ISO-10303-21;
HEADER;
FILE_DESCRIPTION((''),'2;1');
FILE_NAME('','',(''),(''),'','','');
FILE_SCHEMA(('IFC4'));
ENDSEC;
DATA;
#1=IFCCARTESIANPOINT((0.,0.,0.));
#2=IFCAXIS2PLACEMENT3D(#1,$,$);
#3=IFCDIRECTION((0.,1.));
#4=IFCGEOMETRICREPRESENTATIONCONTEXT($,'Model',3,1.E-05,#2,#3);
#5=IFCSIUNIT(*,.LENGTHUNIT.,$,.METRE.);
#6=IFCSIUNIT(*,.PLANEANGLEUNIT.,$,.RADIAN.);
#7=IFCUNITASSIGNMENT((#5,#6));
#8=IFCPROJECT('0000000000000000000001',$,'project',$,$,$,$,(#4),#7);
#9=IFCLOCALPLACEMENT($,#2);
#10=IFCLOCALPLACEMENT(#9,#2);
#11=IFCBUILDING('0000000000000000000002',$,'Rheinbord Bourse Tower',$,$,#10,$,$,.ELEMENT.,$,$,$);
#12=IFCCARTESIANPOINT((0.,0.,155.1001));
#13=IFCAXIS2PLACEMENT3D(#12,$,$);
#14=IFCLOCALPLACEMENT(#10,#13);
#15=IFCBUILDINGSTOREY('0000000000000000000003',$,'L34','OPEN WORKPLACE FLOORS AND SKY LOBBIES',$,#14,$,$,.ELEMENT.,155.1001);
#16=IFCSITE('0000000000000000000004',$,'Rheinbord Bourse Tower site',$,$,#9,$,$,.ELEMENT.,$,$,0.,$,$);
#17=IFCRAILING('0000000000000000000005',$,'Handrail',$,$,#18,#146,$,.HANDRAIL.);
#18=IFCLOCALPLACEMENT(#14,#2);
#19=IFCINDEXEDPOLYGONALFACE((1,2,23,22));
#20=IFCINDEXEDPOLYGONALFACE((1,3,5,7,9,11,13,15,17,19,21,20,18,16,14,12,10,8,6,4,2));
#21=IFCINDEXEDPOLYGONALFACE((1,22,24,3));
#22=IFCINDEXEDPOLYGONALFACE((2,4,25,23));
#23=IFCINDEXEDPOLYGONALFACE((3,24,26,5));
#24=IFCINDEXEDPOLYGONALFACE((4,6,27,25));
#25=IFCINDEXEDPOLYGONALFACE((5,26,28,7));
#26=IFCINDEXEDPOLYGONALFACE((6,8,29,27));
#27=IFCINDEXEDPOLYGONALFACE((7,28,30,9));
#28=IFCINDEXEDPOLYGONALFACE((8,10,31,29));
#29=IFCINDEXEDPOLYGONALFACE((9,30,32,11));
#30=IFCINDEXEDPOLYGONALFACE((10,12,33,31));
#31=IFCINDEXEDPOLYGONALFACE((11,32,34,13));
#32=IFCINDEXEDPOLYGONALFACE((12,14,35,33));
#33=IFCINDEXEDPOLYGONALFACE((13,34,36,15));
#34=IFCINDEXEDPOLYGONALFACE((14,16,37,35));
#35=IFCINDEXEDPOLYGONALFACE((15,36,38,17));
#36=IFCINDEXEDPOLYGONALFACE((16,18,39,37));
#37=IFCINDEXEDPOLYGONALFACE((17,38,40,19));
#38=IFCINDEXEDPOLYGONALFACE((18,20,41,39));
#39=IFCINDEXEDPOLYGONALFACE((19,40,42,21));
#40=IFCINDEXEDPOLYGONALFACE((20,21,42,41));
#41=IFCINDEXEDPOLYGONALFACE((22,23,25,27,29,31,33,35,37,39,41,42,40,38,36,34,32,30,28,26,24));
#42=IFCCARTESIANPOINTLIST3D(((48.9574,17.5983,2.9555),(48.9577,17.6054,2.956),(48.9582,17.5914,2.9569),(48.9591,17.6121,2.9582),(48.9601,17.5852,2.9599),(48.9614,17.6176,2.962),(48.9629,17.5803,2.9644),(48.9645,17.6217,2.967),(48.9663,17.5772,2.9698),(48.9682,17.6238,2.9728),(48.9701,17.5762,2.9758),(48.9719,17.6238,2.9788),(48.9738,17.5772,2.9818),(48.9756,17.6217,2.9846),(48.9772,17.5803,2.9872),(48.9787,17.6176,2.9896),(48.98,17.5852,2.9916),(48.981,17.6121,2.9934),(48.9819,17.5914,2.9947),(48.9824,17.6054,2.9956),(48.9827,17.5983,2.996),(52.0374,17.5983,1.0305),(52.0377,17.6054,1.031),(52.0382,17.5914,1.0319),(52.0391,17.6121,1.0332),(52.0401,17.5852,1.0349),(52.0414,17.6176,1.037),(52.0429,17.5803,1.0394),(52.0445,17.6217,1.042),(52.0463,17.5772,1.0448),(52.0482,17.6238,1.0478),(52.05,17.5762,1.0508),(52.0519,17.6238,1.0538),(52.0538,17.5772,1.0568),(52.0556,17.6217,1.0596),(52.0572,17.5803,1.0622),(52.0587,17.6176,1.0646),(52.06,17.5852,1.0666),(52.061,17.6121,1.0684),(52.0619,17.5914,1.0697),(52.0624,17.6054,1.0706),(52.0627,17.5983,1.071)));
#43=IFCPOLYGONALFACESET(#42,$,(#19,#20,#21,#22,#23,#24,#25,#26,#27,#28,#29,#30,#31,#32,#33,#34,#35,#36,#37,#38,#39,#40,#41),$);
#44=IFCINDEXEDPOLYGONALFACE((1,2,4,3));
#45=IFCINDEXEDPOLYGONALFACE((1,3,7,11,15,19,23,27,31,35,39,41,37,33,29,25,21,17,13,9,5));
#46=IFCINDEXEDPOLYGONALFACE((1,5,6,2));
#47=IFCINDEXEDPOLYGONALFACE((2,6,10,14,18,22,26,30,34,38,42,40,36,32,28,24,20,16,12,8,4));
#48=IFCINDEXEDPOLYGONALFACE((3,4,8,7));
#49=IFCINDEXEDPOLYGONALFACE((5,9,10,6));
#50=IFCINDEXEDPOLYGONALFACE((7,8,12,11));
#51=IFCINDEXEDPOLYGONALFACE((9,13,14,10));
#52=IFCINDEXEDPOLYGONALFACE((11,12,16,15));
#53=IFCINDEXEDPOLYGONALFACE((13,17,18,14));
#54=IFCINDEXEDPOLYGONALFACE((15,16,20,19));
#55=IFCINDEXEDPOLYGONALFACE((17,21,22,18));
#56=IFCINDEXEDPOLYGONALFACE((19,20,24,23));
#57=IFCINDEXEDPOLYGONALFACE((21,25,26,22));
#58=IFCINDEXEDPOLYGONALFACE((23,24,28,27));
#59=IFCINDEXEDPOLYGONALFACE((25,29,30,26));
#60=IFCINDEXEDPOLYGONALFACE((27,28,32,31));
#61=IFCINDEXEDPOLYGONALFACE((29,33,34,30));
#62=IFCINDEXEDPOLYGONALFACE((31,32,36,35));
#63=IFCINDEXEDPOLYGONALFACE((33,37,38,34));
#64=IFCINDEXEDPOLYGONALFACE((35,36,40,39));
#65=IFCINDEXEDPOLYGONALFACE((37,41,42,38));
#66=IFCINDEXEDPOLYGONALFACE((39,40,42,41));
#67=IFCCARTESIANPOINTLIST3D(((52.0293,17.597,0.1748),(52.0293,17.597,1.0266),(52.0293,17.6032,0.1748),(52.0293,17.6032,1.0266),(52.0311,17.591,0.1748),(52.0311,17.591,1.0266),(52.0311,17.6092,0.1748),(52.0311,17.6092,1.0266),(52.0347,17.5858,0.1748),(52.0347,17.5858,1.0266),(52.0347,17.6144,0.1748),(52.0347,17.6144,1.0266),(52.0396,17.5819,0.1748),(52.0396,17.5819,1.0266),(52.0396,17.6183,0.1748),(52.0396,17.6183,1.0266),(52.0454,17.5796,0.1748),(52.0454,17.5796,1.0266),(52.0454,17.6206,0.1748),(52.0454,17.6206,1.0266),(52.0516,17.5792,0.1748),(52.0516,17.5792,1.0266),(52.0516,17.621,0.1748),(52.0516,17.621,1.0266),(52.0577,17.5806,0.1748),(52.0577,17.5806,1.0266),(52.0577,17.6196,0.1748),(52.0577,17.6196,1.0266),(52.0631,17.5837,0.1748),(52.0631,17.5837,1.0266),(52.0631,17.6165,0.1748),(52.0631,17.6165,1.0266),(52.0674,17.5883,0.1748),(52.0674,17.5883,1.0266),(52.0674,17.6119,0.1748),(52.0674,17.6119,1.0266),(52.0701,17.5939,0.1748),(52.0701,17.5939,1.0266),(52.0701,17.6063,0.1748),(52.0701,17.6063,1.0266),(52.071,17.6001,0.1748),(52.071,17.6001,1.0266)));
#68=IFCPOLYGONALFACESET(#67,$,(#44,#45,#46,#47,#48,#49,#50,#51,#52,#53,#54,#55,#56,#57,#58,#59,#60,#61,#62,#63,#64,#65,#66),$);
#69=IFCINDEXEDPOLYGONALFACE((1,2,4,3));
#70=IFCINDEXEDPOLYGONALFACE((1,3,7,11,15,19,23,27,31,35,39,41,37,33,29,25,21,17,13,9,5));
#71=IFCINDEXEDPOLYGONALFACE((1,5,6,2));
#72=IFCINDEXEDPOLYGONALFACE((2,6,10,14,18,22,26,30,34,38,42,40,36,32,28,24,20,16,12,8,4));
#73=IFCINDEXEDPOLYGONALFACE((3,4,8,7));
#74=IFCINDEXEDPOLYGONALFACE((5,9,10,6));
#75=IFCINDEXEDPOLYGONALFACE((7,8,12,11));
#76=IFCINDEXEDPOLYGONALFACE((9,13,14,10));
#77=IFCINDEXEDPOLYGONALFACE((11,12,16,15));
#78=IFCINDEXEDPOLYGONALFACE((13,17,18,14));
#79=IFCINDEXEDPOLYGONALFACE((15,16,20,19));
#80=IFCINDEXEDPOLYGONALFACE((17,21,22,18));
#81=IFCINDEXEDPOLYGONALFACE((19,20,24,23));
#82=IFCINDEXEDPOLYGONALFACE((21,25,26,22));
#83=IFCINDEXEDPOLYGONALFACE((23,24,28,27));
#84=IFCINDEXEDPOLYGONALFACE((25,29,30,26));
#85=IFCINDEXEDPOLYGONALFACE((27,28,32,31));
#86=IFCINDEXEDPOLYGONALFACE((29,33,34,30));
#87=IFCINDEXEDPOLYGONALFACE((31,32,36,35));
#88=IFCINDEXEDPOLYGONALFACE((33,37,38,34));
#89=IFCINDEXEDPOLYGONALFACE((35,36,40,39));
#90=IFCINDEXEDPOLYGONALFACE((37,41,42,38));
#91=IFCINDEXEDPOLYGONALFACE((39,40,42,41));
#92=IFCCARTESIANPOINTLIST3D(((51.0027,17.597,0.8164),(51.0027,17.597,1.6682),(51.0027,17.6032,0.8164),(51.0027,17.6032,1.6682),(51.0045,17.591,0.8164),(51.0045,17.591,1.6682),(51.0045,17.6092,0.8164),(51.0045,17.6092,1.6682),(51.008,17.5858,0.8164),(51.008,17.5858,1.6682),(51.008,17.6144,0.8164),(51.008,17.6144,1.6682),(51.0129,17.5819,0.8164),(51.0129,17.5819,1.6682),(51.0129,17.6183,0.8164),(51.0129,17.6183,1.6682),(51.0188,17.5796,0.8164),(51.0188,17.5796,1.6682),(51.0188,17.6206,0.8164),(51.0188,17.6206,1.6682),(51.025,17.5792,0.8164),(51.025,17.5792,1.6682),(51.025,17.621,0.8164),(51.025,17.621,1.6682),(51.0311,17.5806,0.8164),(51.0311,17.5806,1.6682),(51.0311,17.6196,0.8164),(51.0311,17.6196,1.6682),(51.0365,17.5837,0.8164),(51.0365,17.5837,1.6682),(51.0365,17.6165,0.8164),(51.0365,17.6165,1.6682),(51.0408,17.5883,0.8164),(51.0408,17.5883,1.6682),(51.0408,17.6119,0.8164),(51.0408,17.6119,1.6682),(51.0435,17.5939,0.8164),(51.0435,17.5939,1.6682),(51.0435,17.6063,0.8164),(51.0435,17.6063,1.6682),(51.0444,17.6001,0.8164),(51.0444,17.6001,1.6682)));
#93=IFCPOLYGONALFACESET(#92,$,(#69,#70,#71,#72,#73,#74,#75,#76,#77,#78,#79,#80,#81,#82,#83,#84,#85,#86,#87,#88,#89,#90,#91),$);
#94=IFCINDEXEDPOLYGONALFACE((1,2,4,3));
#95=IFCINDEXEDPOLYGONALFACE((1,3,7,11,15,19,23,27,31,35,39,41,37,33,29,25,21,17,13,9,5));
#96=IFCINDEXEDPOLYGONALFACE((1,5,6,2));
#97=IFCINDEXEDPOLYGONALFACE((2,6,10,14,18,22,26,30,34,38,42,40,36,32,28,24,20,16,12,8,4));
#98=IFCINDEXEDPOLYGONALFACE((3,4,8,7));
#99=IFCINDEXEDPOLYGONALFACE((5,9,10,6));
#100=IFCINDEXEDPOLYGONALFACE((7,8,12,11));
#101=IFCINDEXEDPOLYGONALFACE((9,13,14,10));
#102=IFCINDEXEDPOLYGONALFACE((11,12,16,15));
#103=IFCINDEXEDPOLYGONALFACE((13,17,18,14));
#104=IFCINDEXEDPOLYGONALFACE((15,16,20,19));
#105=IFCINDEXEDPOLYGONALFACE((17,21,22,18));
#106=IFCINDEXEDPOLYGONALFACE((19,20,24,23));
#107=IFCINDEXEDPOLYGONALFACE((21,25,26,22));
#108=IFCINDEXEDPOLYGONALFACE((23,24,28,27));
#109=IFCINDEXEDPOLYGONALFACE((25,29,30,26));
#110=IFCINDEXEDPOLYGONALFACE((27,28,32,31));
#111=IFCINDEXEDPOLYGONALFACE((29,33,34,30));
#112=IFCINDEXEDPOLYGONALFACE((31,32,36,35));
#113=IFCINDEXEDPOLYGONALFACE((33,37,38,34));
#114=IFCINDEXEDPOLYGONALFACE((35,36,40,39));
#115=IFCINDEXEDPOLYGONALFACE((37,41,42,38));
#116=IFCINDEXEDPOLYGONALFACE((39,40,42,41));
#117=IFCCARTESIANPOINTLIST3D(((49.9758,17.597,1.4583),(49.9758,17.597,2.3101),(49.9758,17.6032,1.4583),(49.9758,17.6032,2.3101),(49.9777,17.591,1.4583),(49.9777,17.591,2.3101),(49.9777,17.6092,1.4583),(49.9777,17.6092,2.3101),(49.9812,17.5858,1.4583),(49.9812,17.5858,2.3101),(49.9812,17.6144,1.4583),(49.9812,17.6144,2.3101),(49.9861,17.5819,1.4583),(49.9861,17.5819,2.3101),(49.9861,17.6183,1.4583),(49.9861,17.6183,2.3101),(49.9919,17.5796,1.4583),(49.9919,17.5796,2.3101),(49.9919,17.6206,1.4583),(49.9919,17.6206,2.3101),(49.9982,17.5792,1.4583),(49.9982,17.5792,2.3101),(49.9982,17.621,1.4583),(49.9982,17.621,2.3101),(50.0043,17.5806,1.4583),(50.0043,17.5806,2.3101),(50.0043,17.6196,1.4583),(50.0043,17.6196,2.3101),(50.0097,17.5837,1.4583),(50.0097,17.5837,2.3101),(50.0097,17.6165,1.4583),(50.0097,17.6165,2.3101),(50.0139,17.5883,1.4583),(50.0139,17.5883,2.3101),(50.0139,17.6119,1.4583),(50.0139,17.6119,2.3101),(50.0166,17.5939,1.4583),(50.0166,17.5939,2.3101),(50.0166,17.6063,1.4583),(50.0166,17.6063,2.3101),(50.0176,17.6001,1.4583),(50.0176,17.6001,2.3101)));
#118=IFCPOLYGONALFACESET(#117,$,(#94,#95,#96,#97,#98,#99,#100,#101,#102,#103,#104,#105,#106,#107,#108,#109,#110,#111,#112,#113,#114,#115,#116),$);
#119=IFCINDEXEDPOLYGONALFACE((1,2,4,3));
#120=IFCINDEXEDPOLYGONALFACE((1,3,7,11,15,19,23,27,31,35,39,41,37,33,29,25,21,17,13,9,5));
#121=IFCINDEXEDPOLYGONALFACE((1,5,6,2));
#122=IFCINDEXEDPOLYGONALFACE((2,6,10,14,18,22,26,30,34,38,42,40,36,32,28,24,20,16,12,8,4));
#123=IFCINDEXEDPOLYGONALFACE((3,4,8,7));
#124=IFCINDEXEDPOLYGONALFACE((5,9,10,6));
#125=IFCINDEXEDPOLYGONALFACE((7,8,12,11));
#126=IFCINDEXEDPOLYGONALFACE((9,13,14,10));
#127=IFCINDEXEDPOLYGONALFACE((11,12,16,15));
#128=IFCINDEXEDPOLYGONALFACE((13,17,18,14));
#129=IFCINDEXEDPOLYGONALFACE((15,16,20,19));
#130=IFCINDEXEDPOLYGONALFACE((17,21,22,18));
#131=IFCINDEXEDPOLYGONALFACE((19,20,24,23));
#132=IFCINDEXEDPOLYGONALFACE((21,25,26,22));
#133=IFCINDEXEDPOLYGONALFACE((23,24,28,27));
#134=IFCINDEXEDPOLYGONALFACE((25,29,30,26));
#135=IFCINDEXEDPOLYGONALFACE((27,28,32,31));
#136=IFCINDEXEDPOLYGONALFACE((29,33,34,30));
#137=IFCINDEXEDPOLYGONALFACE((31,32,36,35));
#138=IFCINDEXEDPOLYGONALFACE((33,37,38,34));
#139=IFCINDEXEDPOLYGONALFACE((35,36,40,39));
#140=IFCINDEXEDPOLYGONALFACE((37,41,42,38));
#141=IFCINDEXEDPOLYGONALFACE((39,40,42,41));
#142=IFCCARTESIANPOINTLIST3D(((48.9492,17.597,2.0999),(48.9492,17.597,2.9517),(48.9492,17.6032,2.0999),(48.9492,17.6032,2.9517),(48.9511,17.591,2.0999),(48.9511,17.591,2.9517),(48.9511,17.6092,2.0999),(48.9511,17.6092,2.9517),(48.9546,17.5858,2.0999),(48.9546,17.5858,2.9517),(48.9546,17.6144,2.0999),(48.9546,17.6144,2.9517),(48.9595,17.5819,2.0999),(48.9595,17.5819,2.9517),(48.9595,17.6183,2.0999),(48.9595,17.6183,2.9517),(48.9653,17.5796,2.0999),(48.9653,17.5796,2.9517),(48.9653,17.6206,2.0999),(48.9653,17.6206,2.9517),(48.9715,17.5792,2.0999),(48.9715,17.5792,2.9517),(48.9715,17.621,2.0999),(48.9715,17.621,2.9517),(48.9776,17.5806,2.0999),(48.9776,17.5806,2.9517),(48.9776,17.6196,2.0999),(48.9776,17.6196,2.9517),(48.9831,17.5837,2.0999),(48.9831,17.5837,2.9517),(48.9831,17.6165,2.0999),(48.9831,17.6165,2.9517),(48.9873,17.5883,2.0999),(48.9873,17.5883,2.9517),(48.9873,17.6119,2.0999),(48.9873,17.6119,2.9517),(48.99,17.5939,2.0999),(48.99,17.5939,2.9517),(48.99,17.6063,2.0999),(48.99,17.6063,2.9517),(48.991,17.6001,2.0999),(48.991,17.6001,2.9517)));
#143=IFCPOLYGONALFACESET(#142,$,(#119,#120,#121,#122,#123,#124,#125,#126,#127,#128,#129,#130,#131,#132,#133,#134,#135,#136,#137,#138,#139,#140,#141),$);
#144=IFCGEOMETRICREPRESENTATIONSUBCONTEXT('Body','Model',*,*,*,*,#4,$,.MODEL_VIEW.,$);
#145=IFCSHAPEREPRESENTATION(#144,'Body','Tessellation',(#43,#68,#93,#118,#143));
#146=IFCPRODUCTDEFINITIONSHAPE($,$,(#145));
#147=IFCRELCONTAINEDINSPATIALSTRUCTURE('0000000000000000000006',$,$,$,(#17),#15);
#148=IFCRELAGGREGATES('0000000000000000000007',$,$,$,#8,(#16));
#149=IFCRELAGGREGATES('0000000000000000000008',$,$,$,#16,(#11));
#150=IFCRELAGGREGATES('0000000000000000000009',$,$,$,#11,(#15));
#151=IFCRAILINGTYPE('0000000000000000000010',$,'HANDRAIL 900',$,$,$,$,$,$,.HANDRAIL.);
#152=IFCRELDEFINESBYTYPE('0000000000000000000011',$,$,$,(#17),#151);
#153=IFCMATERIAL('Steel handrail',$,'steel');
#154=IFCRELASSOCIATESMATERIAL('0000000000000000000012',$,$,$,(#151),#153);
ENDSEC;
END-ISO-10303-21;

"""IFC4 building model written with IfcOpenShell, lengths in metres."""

from ifc_helpers import new_model, si_unit, direction, frame, origin, origin_2d, place, context, subcontext, project, spatial, circle, extrude, material, type_object, element, save


model = new_model("IFC4")

# Units and contexts
model_context = context("Model", 3, precision=1e-05, world=origin(), true_north=direction((0.0, 1.0)))
body_context = subcontext(model_context, "Body", "Model", "MODEL_VIEW")
ifc_project = project(units=[si_unit("LENGTHUNIT", "METRE"), si_unit("PLANEANGLEUNIT", "RADIAN")], contexts=[model_context])

# Site, building, storey
site_placement = place(None, origin())
site = spatial("IfcSite", under=ifc_project, at=site_placement, Name="Rheinbord Bourse Tower site", CompositionType="ELEMENT", RefElevation=0.0)
building_placement = place(site_placement, origin())
building = spatial("IfcBuilding", under=site, at=building_placement, Name="Rheinbord Bourse Tower", CompositionType="ELEMENT")
storey_placement = place(building_placement, frame((0.0, 0.0, 155.1001)))
storey = spatial("IfcBuildingStorey", under=building, at=storey_placement, Name="L34", Description="OPEN WORKPLACE FLOORS AND SKY LOBBIES", CompositionType="ELEMENT", Elevation=155.1001)

# Railing
ifc_material_1 = material(Name="Steel handrail", Category="steel")
railing_type = type_object("IfcRailingType", Name="HANDRAIL 900", PredefinedType="HANDRAIL", material=ifc_material_1)
railing_1_placement = place(storey_placement, frame((52.05, 17.6001, 0.1748)))
element("IfcRailing", 1, at=railing_1_placement, inside=storey, type_object=railing_type, Name="Handrail", PredefinedType="HANDRAIL", context=body_context, shape_type="SweptSolid", body=[
    extrude(circle(Radius=0.0239, at=origin_2d()), frame((0.0, 0.0, 0.876), z_axis=(-0.847998, 0.0, 0.529999), x_axis=(0.0, -1.0, 0.0)), (0.0, 0.0, 1.0), 3.6321),
    extrude(circle(Radius=0.021, at=origin_2d()), origin(), (0.0, 0.0, 1.0), 0.8518),
    extrude(circle(Radius=0.021, at=origin_2d()), frame((-1.0266, 0.0, 0.6416)), (0.0, 0.0, 1.0), 0.8518),
    extrude(circle(Radius=0.021, at=origin_2d()), frame((-2.0535, 0.0, 1.2834)), (0.0, 0.0, 1.0), 0.8518),
    extrude(circle(Radius=0.021, at=origin_2d()), frame((-3.0801, 0.0, 1.925)), (0.0, 0.0, 1.0), 0.8518),
])

save(model, "model.ifc")
